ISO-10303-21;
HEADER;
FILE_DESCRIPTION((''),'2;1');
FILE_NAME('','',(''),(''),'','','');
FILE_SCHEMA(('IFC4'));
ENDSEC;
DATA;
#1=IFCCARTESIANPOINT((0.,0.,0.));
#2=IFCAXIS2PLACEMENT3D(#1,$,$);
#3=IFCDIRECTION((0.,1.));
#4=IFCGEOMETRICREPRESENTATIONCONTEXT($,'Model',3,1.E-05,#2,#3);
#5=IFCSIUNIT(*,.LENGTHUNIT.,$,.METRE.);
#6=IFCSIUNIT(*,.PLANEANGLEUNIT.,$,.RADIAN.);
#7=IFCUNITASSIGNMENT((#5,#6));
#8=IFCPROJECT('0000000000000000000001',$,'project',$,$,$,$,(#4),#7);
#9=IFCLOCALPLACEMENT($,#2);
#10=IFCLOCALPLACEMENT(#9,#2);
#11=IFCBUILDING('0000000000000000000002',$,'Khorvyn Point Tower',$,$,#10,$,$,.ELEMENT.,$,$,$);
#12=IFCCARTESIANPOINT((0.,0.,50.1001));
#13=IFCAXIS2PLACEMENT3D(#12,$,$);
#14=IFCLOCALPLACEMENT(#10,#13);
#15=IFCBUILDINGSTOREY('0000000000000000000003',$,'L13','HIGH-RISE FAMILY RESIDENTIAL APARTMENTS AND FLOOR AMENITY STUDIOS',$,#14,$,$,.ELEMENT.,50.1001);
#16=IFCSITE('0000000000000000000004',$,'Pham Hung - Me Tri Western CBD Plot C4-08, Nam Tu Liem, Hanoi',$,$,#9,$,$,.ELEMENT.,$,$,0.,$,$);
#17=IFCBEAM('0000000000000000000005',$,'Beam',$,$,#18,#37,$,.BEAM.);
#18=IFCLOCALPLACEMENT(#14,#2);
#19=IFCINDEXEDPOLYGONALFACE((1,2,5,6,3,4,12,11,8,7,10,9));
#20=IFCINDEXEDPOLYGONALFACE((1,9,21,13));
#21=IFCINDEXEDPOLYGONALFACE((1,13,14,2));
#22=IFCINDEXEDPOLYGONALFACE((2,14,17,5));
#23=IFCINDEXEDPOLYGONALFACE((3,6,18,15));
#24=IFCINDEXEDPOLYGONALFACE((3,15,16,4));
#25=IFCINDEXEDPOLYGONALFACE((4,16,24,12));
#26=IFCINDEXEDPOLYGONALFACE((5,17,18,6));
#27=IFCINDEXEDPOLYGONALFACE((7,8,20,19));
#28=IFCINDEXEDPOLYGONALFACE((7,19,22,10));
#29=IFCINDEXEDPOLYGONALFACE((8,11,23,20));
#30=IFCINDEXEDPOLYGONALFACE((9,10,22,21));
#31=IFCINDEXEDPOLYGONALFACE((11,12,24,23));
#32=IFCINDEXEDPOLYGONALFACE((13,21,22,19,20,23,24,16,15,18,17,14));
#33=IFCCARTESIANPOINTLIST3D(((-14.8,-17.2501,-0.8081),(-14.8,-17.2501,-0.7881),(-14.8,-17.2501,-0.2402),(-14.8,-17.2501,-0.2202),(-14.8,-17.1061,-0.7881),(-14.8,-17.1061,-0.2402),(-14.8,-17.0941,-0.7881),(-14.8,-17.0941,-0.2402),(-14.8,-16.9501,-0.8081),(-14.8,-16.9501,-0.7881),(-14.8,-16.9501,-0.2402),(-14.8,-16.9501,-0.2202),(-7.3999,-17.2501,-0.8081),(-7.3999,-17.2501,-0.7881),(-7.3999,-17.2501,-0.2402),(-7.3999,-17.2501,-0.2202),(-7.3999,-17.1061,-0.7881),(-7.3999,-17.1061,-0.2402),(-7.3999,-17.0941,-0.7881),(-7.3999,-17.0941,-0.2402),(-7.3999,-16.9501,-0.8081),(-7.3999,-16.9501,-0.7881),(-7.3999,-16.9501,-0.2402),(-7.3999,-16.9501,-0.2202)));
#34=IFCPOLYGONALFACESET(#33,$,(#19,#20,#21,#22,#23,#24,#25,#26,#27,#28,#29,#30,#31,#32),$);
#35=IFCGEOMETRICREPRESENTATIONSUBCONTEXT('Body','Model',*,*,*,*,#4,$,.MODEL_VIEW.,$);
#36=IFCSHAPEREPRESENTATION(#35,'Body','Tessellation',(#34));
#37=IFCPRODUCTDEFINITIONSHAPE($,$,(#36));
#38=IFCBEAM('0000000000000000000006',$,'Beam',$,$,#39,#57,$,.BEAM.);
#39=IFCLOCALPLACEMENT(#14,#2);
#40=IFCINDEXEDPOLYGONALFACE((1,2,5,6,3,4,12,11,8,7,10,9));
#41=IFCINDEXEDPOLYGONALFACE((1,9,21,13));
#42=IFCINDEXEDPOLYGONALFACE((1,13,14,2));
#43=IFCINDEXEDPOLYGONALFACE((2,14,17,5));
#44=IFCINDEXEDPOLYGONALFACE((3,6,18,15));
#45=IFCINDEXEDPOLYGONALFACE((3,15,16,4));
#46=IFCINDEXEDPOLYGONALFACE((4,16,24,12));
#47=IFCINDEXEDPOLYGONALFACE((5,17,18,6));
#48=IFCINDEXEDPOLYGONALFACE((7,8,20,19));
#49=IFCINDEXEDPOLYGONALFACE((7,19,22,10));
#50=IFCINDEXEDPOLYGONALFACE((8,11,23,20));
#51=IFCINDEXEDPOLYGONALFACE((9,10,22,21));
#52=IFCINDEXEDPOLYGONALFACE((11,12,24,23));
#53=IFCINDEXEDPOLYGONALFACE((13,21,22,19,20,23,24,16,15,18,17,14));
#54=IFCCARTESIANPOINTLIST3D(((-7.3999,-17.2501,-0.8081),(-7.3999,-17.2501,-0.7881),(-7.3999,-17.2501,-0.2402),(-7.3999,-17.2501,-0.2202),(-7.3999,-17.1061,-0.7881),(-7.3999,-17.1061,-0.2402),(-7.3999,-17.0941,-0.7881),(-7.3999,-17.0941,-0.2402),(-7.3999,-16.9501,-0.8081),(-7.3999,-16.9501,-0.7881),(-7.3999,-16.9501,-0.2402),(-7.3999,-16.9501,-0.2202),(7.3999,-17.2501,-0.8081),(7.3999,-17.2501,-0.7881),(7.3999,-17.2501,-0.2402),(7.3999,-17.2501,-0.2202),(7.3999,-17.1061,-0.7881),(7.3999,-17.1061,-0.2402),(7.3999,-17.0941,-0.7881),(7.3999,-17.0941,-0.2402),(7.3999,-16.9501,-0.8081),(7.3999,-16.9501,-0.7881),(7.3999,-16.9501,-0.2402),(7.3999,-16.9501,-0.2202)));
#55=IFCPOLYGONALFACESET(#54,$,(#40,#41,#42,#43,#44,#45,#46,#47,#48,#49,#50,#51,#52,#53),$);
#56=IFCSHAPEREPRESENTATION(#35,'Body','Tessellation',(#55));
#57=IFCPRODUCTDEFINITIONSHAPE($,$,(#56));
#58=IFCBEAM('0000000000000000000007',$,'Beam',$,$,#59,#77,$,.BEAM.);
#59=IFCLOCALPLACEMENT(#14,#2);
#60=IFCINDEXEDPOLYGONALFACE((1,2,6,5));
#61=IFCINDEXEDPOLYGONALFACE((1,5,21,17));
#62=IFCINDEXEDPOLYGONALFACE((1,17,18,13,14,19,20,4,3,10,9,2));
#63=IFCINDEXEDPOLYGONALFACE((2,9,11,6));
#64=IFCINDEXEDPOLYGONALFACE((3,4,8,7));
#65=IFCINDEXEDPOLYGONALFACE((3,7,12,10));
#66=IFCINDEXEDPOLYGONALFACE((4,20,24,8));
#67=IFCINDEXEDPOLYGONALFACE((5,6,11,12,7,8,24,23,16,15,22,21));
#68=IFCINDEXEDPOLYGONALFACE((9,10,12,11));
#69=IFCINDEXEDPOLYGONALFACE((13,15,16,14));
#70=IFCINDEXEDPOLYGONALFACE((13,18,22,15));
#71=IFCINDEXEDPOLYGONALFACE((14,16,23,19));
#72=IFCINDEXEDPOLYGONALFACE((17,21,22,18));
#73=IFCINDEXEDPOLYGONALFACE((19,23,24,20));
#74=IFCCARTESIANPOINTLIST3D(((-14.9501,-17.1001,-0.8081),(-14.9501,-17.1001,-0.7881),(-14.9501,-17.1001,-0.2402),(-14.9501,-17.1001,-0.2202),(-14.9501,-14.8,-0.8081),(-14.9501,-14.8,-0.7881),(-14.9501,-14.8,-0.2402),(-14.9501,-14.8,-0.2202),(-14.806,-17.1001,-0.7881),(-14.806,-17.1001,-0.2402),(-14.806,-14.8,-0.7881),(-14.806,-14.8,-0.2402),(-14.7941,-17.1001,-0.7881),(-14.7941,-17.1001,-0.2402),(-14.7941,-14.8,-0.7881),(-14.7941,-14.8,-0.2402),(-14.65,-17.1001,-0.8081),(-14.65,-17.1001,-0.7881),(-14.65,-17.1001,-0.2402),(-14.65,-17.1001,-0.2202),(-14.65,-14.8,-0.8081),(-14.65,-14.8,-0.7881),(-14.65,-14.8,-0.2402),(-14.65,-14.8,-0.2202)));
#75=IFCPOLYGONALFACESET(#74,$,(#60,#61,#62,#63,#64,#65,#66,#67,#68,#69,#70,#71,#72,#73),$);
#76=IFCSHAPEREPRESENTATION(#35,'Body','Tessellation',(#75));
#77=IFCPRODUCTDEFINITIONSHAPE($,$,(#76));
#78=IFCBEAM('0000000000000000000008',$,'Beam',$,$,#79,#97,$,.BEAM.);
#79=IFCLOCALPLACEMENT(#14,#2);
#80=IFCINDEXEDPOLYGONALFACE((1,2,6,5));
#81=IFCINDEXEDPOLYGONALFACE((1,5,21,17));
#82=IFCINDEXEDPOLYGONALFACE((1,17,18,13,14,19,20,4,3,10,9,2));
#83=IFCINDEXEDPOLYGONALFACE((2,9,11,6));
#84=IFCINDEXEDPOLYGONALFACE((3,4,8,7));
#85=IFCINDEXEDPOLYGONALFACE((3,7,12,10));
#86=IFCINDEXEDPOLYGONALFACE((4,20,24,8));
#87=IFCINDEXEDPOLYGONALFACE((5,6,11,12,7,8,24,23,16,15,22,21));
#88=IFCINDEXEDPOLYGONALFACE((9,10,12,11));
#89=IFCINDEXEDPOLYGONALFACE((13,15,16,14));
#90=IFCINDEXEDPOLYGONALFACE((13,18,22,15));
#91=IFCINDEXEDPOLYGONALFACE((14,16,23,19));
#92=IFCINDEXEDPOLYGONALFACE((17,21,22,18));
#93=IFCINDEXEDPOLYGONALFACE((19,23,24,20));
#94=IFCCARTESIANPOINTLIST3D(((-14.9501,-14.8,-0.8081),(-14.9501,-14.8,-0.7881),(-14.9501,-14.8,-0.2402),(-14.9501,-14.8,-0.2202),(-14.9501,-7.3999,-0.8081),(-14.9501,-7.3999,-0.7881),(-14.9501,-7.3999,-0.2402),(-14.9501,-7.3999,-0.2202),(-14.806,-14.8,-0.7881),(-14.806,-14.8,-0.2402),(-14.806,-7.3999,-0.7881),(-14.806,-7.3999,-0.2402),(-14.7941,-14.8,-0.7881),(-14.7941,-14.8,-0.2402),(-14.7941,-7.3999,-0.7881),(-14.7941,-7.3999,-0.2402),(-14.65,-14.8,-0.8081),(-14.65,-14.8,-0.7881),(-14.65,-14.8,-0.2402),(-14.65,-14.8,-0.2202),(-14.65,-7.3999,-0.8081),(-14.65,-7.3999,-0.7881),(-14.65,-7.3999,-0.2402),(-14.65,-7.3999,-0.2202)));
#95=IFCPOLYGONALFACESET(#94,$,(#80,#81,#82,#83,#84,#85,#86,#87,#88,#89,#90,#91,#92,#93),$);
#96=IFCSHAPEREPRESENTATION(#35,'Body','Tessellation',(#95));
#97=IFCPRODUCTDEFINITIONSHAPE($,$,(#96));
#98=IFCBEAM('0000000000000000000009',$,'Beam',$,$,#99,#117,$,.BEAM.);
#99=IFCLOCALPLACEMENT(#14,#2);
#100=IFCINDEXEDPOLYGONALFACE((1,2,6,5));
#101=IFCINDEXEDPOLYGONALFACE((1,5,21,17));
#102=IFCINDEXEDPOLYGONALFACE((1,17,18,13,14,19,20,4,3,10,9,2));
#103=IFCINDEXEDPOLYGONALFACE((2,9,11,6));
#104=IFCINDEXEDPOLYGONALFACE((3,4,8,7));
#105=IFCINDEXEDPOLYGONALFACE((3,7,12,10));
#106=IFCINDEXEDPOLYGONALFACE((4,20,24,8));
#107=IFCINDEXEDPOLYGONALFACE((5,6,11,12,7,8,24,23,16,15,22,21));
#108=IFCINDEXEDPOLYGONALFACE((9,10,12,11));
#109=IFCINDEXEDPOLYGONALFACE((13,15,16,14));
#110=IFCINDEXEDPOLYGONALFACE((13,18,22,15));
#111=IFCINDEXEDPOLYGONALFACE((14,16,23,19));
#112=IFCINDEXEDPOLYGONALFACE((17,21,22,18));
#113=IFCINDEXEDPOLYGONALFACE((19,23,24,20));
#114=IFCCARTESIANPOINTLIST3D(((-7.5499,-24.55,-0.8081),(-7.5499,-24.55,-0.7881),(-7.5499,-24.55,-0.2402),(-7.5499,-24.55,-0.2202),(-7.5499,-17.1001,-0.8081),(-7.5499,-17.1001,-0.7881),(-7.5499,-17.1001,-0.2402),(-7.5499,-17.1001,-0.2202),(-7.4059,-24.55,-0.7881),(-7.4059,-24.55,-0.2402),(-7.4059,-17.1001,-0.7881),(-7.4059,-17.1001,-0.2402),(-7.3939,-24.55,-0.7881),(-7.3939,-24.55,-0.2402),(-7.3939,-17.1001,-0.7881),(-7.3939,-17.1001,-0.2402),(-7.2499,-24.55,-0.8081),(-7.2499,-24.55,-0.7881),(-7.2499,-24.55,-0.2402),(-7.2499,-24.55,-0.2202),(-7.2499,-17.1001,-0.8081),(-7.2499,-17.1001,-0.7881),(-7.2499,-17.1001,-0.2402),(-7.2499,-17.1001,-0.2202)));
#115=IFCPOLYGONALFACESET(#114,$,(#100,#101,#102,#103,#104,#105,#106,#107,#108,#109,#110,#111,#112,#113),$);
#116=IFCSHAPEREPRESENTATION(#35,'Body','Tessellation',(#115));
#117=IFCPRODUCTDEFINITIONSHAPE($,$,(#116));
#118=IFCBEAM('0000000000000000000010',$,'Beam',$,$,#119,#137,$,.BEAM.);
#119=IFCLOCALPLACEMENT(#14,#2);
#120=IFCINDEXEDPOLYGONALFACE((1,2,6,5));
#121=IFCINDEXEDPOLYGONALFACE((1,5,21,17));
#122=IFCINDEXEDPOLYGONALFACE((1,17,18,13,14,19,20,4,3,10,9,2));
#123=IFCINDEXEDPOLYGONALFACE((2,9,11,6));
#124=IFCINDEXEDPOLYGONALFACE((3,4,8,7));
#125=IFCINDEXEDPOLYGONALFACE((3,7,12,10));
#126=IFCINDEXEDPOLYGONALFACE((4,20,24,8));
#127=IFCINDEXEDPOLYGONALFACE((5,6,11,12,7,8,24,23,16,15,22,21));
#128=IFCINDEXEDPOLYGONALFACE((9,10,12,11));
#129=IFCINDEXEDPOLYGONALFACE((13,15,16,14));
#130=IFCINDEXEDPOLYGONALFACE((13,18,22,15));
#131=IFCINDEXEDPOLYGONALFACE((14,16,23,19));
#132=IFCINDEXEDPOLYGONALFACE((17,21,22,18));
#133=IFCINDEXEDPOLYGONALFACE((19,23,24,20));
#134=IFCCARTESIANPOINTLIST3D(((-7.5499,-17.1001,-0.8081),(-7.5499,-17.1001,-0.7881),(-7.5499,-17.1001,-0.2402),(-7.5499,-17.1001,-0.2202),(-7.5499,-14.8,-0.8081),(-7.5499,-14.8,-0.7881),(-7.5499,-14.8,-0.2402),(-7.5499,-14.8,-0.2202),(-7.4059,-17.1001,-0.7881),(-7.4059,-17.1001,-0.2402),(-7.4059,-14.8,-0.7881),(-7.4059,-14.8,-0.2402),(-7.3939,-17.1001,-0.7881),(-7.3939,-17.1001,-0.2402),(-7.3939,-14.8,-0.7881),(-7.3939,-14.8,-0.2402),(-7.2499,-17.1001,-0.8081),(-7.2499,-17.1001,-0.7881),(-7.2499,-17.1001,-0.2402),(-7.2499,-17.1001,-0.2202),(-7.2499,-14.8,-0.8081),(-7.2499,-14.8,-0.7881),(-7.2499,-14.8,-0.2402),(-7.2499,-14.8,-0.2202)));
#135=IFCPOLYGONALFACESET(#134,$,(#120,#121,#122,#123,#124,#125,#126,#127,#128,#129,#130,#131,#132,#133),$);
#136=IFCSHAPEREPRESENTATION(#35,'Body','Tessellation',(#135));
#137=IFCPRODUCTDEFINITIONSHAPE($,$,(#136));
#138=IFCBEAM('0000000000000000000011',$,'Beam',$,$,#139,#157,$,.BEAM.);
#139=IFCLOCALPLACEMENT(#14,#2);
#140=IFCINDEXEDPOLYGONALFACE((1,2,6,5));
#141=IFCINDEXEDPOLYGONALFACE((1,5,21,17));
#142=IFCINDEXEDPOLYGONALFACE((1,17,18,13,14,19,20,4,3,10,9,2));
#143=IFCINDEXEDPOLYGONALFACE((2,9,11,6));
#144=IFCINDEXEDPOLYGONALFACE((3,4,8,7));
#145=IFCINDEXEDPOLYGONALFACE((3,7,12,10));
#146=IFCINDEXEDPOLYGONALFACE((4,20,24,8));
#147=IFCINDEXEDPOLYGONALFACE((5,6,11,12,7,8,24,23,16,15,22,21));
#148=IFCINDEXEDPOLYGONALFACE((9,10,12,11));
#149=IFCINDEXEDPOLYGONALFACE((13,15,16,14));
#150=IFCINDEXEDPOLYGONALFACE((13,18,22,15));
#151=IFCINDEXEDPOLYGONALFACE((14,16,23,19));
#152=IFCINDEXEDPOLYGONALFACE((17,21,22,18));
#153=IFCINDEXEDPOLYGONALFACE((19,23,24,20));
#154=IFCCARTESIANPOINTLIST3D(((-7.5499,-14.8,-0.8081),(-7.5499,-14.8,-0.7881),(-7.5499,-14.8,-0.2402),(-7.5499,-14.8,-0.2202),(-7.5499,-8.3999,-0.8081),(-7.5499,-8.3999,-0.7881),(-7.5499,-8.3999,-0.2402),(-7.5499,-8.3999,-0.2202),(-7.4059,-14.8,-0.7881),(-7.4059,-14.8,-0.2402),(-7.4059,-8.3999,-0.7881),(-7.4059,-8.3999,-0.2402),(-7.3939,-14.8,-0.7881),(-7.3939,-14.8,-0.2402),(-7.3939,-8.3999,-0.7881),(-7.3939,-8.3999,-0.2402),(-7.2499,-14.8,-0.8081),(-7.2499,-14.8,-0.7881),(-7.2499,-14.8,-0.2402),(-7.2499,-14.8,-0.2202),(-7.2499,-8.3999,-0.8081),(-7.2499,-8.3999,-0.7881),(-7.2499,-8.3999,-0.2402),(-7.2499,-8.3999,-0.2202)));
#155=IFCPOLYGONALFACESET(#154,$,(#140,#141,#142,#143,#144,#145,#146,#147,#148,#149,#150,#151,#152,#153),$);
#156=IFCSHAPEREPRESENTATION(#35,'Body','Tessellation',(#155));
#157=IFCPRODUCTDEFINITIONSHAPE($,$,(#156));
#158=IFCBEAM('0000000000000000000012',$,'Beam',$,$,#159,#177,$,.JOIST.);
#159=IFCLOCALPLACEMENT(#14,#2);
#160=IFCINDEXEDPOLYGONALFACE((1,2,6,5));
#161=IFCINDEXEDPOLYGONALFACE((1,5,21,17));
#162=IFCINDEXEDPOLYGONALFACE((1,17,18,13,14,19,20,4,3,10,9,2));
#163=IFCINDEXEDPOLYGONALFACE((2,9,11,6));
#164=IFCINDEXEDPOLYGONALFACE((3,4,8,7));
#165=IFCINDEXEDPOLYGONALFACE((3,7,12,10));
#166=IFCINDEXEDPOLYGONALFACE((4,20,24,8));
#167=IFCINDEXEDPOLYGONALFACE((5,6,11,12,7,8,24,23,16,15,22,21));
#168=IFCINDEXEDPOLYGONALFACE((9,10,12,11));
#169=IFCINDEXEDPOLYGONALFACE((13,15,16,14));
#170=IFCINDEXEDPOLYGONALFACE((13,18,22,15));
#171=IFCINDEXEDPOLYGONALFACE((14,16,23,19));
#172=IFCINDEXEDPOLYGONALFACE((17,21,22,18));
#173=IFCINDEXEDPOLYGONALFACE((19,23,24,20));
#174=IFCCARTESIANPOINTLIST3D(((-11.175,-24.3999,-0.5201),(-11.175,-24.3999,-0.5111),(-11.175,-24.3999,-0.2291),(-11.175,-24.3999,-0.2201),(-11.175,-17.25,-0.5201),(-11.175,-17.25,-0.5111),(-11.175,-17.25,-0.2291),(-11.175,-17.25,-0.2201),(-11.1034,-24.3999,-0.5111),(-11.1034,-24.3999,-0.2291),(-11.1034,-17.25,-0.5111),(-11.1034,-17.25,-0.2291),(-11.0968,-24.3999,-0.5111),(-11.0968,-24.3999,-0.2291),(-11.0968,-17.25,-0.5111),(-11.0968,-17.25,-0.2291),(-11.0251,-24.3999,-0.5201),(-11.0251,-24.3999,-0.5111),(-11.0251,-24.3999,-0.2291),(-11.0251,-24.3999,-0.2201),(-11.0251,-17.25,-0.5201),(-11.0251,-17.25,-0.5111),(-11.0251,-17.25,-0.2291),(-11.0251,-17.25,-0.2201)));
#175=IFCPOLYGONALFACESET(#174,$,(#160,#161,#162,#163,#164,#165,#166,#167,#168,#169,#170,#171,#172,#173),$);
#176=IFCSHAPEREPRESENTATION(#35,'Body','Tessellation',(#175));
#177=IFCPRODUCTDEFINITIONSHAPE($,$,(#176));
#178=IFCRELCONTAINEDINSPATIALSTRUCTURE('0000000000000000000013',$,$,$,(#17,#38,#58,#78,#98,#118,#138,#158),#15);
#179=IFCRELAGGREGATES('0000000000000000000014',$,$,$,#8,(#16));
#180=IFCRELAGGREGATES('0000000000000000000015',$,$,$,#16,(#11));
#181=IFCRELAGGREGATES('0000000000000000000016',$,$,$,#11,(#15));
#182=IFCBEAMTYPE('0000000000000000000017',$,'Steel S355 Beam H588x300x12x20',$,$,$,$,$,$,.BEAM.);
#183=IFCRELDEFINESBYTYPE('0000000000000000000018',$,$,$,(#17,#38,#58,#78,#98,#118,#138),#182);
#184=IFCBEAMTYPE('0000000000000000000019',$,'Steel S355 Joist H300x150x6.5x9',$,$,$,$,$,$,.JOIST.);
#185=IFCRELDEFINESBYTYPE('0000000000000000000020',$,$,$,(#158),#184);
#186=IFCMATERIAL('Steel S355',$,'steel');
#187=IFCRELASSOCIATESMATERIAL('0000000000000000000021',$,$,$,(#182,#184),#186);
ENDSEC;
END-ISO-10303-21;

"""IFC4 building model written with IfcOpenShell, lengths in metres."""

from ifc_helpers import new_model, si_unit, direction, frame, origin, origin_2d, place, context, subcontext, project, spatial, i_section, extrude, material, material_profile, profile_set, type_object, element, save


model = new_model("IFC4")

# Units and contexts
model_context = context("Model", 3, precision=1e-05, world=origin(), true_north=direction((0.0, 1.0)))
body_context = subcontext(model_context, "Body", "Model", "MODEL_VIEW")
ifc_project = project(units=[si_unit("LENGTHUNIT", "METRE"), si_unit("PLANEANGLEUNIT", "RADIAN")], contexts=[model_context])

# Site, building, storey
site_placement = place(None, origin())
site = spatial("IfcSite", under=ifc_project, at=site_placement, Name="Pham Hung - Me Tri Western CBD Plot C4-08, Nam Tu Liem, Hanoi", CompositionType="ELEMENT", RefElevation=0.0)
building_placement = place(site_placement, origin())
building = spatial("IfcBuilding", under=site, at=building_placement, Name="Khorvyn Point Tower", CompositionType="ELEMENT")
storey_placement = place(building_placement, frame((0.0, 0.0, 50.1001)))
storey = spatial("IfcBuildingStorey", under=building, at=storey_placement, Name="L13", Description="HIGH-RISE FAMILY RESIDENTIAL APARTMENTS AND FLOOR AMENITY STUDIOS", CompositionType="ELEMENT", Elevation=50.1001)

# Beams
ifc_material_1 = material(Name="Steel S355", Category="steel")
ifc_material_profile_1 = material_profile(ifc_material_1, i_section(OverallWidth=0.3, OverallDepth=0.5879, WebThickness=0.012, FlangeThickness=0.02, at=origin_2d()))
ifc_profile_set_1 = profile_set([ifc_material_profile_1], Name="Steel S355 H588x300x12x20")
beam_type_1 = type_object("IfcBeamType", Name="Steel S355 Beam H588x300x12x20", PredefinedType="BEAM", material=ifc_profile_set_1)
beam_1_placement = place(storey_placement, frame((-14.8, -17.1001, -0.5142), z_axis=(1.0, 0.0, 0.0), x_axis=(0.0, 1.0, 0.0)))
element("IfcBeam", 1, at=beam_1_placement, inside=storey, type_object=beam_type_1, Name="Beam", PredefinedType="BEAM", context=body_context, shape_type="SweptSolid", body=[
    extrude(i_section(OverallWidth=0.3, OverallDepth=0.5879, WebThickness=0.012, FlangeThickness=0.02, at=origin_2d()), origin(), (0.0, 0.0, 1.0), 7.4001),
])
beam_2_placement = place(storey_placement, frame((-7.3999, -17.1001, -0.5142), z_axis=(1.0, 0.0, 0.0), x_axis=(0.0, 1.0, 0.0)))
element("IfcBeam", 2, at=beam_2_placement, inside=storey, type_object=beam_type_1, Name="Beam", PredefinedType="BEAM", context=body_context, shape_type="SweptSolid", body=[
    extrude(i_section(OverallWidth=0.3, OverallDepth=0.5879, WebThickness=0.012, FlangeThickness=0.02, at=origin_2d()), origin(), (0.0, 0.0, 1.0), 14.7998),
])
beam_3_placement = place(storey_placement, frame((-14.8, -17.1001, -0.5142), z_axis=(0.0, 1.0, 0.0), x_axis=(-1.0, 0.0, 0.0)))
element("IfcBeam", 3, at=beam_3_placement, inside=storey, type_object=beam_type_1, Name="Beam", PredefinedType="BEAM", context=body_context, shape_type="SweptSolid", body=[
    extrude(i_section(OverallWidth=0.3, OverallDepth=0.5879, WebThickness=0.012, FlangeThickness=0.02, at=origin_2d()), origin(), (0.0, 0.0, 1.0), 2.3),
])
beam_4_placement = place(storey_placement, frame((-14.8, -14.8, -0.5142), z_axis=(0.0, 1.0, 0.0), x_axis=(-1.0, 0.0, 0.0)))
element("IfcBeam", 4, at=beam_4_placement, inside=storey, type_object=beam_type_1, Name="Beam", PredefinedType="BEAM", context=body_context, shape_type="SweptSolid", body=[
    extrude(i_section(OverallWidth=0.3, OverallDepth=0.5879, WebThickness=0.012, FlangeThickness=0.02, at=origin_2d()), origin(), (0.0, 0.0, 1.0), 7.4001),
])
beam_5_placement = place(storey_placement, frame((-7.3999, -24.55, -0.5142), z_axis=(0.0, 1.0, 0.0), x_axis=(-1.0, 0.0, 0.0)))
element("IfcBeam", 5, at=beam_5_placement, inside=storey, type_object=beam_type_1, Name="Beam", PredefinedType="BEAM", context=body_context, shape_type="SweptSolid", body=[
    extrude(i_section(OverallWidth=0.3, OverallDepth=0.5879, WebThickness=0.012, FlangeThickness=0.02, at=origin_2d()), origin(), (0.0, 0.0, 1.0), 7.45),
])
beam_6_placement = place(storey_placement, frame((-7.3999, -17.1001, -0.5142), z_axis=(0.0, 1.0, 0.0), x_axis=(-1.0, 0.0, 0.0)))
element("IfcBeam", 6, at=beam_6_placement, inside=storey, type_object=beam_type_1, Name="Beam", PredefinedType="BEAM", context=body_context, shape_type="SweptSolid", body=[
    extrude(i_section(OverallWidth=0.3, OverallDepth=0.5879, WebThickness=0.012, FlangeThickness=0.02, at=origin_2d()), origin(), (0.0, 0.0, 1.0), 2.3),
])
beam_7_placement = place(storey_placement, frame((-7.3999, -14.8, -0.5142), z_axis=(0.0, 1.0, 0.0), x_axis=(-1.0, 0.0, 0.0)))
element("IfcBeam", 7, at=beam_7_placement, inside=storey, type_object=beam_type_1, Name="Beam", PredefinedType="BEAM", context=body_context, shape_type="SweptSolid", body=[
    extrude(i_section(OverallWidth=0.3, OverallDepth=0.5879, WebThickness=0.012, FlangeThickness=0.02, at=origin_2d()), origin(), (0.0, 0.0, 1.0), 6.4001),
])
ifc_material_profile_2 = material_profile(ifc_material_1, i_section(OverallWidth=0.1499, OverallDepth=0.3, WebThickness=0.0066, FlangeThickness=0.009, at=origin_2d()))
ifc_profile_set_2 = profile_set([ifc_material_profile_2], Name="Steel S355 H300x150x6.5x9")
beam_type_2 = type_object("IfcBeamType", Name="Steel S355 Joist H300x150x6.5x9", PredefinedType="JOIST", material=ifc_profile_set_2)
beam_8_placement = place(storey_placement, frame((-11.1001, -24.3999, -0.3701), z_axis=(0.0, 1.0, 0.0), x_axis=(-1.0, 0.0, 0.0)))
element("IfcBeam", 8, at=beam_8_placement, inside=storey, type_object=beam_type_2, Name="Beam", PredefinedType="JOIST", context=body_context, shape_type="SweptSolid", body=[
    extrude(i_section(OverallWidth=0.1499, OverallDepth=0.3, WebThickness=0.0066, FlangeThickness=0.009, at=origin_2d()), origin(), (0.0, 0.0, 1.0), 7.1499),
])

save(model, "model.ifc")
